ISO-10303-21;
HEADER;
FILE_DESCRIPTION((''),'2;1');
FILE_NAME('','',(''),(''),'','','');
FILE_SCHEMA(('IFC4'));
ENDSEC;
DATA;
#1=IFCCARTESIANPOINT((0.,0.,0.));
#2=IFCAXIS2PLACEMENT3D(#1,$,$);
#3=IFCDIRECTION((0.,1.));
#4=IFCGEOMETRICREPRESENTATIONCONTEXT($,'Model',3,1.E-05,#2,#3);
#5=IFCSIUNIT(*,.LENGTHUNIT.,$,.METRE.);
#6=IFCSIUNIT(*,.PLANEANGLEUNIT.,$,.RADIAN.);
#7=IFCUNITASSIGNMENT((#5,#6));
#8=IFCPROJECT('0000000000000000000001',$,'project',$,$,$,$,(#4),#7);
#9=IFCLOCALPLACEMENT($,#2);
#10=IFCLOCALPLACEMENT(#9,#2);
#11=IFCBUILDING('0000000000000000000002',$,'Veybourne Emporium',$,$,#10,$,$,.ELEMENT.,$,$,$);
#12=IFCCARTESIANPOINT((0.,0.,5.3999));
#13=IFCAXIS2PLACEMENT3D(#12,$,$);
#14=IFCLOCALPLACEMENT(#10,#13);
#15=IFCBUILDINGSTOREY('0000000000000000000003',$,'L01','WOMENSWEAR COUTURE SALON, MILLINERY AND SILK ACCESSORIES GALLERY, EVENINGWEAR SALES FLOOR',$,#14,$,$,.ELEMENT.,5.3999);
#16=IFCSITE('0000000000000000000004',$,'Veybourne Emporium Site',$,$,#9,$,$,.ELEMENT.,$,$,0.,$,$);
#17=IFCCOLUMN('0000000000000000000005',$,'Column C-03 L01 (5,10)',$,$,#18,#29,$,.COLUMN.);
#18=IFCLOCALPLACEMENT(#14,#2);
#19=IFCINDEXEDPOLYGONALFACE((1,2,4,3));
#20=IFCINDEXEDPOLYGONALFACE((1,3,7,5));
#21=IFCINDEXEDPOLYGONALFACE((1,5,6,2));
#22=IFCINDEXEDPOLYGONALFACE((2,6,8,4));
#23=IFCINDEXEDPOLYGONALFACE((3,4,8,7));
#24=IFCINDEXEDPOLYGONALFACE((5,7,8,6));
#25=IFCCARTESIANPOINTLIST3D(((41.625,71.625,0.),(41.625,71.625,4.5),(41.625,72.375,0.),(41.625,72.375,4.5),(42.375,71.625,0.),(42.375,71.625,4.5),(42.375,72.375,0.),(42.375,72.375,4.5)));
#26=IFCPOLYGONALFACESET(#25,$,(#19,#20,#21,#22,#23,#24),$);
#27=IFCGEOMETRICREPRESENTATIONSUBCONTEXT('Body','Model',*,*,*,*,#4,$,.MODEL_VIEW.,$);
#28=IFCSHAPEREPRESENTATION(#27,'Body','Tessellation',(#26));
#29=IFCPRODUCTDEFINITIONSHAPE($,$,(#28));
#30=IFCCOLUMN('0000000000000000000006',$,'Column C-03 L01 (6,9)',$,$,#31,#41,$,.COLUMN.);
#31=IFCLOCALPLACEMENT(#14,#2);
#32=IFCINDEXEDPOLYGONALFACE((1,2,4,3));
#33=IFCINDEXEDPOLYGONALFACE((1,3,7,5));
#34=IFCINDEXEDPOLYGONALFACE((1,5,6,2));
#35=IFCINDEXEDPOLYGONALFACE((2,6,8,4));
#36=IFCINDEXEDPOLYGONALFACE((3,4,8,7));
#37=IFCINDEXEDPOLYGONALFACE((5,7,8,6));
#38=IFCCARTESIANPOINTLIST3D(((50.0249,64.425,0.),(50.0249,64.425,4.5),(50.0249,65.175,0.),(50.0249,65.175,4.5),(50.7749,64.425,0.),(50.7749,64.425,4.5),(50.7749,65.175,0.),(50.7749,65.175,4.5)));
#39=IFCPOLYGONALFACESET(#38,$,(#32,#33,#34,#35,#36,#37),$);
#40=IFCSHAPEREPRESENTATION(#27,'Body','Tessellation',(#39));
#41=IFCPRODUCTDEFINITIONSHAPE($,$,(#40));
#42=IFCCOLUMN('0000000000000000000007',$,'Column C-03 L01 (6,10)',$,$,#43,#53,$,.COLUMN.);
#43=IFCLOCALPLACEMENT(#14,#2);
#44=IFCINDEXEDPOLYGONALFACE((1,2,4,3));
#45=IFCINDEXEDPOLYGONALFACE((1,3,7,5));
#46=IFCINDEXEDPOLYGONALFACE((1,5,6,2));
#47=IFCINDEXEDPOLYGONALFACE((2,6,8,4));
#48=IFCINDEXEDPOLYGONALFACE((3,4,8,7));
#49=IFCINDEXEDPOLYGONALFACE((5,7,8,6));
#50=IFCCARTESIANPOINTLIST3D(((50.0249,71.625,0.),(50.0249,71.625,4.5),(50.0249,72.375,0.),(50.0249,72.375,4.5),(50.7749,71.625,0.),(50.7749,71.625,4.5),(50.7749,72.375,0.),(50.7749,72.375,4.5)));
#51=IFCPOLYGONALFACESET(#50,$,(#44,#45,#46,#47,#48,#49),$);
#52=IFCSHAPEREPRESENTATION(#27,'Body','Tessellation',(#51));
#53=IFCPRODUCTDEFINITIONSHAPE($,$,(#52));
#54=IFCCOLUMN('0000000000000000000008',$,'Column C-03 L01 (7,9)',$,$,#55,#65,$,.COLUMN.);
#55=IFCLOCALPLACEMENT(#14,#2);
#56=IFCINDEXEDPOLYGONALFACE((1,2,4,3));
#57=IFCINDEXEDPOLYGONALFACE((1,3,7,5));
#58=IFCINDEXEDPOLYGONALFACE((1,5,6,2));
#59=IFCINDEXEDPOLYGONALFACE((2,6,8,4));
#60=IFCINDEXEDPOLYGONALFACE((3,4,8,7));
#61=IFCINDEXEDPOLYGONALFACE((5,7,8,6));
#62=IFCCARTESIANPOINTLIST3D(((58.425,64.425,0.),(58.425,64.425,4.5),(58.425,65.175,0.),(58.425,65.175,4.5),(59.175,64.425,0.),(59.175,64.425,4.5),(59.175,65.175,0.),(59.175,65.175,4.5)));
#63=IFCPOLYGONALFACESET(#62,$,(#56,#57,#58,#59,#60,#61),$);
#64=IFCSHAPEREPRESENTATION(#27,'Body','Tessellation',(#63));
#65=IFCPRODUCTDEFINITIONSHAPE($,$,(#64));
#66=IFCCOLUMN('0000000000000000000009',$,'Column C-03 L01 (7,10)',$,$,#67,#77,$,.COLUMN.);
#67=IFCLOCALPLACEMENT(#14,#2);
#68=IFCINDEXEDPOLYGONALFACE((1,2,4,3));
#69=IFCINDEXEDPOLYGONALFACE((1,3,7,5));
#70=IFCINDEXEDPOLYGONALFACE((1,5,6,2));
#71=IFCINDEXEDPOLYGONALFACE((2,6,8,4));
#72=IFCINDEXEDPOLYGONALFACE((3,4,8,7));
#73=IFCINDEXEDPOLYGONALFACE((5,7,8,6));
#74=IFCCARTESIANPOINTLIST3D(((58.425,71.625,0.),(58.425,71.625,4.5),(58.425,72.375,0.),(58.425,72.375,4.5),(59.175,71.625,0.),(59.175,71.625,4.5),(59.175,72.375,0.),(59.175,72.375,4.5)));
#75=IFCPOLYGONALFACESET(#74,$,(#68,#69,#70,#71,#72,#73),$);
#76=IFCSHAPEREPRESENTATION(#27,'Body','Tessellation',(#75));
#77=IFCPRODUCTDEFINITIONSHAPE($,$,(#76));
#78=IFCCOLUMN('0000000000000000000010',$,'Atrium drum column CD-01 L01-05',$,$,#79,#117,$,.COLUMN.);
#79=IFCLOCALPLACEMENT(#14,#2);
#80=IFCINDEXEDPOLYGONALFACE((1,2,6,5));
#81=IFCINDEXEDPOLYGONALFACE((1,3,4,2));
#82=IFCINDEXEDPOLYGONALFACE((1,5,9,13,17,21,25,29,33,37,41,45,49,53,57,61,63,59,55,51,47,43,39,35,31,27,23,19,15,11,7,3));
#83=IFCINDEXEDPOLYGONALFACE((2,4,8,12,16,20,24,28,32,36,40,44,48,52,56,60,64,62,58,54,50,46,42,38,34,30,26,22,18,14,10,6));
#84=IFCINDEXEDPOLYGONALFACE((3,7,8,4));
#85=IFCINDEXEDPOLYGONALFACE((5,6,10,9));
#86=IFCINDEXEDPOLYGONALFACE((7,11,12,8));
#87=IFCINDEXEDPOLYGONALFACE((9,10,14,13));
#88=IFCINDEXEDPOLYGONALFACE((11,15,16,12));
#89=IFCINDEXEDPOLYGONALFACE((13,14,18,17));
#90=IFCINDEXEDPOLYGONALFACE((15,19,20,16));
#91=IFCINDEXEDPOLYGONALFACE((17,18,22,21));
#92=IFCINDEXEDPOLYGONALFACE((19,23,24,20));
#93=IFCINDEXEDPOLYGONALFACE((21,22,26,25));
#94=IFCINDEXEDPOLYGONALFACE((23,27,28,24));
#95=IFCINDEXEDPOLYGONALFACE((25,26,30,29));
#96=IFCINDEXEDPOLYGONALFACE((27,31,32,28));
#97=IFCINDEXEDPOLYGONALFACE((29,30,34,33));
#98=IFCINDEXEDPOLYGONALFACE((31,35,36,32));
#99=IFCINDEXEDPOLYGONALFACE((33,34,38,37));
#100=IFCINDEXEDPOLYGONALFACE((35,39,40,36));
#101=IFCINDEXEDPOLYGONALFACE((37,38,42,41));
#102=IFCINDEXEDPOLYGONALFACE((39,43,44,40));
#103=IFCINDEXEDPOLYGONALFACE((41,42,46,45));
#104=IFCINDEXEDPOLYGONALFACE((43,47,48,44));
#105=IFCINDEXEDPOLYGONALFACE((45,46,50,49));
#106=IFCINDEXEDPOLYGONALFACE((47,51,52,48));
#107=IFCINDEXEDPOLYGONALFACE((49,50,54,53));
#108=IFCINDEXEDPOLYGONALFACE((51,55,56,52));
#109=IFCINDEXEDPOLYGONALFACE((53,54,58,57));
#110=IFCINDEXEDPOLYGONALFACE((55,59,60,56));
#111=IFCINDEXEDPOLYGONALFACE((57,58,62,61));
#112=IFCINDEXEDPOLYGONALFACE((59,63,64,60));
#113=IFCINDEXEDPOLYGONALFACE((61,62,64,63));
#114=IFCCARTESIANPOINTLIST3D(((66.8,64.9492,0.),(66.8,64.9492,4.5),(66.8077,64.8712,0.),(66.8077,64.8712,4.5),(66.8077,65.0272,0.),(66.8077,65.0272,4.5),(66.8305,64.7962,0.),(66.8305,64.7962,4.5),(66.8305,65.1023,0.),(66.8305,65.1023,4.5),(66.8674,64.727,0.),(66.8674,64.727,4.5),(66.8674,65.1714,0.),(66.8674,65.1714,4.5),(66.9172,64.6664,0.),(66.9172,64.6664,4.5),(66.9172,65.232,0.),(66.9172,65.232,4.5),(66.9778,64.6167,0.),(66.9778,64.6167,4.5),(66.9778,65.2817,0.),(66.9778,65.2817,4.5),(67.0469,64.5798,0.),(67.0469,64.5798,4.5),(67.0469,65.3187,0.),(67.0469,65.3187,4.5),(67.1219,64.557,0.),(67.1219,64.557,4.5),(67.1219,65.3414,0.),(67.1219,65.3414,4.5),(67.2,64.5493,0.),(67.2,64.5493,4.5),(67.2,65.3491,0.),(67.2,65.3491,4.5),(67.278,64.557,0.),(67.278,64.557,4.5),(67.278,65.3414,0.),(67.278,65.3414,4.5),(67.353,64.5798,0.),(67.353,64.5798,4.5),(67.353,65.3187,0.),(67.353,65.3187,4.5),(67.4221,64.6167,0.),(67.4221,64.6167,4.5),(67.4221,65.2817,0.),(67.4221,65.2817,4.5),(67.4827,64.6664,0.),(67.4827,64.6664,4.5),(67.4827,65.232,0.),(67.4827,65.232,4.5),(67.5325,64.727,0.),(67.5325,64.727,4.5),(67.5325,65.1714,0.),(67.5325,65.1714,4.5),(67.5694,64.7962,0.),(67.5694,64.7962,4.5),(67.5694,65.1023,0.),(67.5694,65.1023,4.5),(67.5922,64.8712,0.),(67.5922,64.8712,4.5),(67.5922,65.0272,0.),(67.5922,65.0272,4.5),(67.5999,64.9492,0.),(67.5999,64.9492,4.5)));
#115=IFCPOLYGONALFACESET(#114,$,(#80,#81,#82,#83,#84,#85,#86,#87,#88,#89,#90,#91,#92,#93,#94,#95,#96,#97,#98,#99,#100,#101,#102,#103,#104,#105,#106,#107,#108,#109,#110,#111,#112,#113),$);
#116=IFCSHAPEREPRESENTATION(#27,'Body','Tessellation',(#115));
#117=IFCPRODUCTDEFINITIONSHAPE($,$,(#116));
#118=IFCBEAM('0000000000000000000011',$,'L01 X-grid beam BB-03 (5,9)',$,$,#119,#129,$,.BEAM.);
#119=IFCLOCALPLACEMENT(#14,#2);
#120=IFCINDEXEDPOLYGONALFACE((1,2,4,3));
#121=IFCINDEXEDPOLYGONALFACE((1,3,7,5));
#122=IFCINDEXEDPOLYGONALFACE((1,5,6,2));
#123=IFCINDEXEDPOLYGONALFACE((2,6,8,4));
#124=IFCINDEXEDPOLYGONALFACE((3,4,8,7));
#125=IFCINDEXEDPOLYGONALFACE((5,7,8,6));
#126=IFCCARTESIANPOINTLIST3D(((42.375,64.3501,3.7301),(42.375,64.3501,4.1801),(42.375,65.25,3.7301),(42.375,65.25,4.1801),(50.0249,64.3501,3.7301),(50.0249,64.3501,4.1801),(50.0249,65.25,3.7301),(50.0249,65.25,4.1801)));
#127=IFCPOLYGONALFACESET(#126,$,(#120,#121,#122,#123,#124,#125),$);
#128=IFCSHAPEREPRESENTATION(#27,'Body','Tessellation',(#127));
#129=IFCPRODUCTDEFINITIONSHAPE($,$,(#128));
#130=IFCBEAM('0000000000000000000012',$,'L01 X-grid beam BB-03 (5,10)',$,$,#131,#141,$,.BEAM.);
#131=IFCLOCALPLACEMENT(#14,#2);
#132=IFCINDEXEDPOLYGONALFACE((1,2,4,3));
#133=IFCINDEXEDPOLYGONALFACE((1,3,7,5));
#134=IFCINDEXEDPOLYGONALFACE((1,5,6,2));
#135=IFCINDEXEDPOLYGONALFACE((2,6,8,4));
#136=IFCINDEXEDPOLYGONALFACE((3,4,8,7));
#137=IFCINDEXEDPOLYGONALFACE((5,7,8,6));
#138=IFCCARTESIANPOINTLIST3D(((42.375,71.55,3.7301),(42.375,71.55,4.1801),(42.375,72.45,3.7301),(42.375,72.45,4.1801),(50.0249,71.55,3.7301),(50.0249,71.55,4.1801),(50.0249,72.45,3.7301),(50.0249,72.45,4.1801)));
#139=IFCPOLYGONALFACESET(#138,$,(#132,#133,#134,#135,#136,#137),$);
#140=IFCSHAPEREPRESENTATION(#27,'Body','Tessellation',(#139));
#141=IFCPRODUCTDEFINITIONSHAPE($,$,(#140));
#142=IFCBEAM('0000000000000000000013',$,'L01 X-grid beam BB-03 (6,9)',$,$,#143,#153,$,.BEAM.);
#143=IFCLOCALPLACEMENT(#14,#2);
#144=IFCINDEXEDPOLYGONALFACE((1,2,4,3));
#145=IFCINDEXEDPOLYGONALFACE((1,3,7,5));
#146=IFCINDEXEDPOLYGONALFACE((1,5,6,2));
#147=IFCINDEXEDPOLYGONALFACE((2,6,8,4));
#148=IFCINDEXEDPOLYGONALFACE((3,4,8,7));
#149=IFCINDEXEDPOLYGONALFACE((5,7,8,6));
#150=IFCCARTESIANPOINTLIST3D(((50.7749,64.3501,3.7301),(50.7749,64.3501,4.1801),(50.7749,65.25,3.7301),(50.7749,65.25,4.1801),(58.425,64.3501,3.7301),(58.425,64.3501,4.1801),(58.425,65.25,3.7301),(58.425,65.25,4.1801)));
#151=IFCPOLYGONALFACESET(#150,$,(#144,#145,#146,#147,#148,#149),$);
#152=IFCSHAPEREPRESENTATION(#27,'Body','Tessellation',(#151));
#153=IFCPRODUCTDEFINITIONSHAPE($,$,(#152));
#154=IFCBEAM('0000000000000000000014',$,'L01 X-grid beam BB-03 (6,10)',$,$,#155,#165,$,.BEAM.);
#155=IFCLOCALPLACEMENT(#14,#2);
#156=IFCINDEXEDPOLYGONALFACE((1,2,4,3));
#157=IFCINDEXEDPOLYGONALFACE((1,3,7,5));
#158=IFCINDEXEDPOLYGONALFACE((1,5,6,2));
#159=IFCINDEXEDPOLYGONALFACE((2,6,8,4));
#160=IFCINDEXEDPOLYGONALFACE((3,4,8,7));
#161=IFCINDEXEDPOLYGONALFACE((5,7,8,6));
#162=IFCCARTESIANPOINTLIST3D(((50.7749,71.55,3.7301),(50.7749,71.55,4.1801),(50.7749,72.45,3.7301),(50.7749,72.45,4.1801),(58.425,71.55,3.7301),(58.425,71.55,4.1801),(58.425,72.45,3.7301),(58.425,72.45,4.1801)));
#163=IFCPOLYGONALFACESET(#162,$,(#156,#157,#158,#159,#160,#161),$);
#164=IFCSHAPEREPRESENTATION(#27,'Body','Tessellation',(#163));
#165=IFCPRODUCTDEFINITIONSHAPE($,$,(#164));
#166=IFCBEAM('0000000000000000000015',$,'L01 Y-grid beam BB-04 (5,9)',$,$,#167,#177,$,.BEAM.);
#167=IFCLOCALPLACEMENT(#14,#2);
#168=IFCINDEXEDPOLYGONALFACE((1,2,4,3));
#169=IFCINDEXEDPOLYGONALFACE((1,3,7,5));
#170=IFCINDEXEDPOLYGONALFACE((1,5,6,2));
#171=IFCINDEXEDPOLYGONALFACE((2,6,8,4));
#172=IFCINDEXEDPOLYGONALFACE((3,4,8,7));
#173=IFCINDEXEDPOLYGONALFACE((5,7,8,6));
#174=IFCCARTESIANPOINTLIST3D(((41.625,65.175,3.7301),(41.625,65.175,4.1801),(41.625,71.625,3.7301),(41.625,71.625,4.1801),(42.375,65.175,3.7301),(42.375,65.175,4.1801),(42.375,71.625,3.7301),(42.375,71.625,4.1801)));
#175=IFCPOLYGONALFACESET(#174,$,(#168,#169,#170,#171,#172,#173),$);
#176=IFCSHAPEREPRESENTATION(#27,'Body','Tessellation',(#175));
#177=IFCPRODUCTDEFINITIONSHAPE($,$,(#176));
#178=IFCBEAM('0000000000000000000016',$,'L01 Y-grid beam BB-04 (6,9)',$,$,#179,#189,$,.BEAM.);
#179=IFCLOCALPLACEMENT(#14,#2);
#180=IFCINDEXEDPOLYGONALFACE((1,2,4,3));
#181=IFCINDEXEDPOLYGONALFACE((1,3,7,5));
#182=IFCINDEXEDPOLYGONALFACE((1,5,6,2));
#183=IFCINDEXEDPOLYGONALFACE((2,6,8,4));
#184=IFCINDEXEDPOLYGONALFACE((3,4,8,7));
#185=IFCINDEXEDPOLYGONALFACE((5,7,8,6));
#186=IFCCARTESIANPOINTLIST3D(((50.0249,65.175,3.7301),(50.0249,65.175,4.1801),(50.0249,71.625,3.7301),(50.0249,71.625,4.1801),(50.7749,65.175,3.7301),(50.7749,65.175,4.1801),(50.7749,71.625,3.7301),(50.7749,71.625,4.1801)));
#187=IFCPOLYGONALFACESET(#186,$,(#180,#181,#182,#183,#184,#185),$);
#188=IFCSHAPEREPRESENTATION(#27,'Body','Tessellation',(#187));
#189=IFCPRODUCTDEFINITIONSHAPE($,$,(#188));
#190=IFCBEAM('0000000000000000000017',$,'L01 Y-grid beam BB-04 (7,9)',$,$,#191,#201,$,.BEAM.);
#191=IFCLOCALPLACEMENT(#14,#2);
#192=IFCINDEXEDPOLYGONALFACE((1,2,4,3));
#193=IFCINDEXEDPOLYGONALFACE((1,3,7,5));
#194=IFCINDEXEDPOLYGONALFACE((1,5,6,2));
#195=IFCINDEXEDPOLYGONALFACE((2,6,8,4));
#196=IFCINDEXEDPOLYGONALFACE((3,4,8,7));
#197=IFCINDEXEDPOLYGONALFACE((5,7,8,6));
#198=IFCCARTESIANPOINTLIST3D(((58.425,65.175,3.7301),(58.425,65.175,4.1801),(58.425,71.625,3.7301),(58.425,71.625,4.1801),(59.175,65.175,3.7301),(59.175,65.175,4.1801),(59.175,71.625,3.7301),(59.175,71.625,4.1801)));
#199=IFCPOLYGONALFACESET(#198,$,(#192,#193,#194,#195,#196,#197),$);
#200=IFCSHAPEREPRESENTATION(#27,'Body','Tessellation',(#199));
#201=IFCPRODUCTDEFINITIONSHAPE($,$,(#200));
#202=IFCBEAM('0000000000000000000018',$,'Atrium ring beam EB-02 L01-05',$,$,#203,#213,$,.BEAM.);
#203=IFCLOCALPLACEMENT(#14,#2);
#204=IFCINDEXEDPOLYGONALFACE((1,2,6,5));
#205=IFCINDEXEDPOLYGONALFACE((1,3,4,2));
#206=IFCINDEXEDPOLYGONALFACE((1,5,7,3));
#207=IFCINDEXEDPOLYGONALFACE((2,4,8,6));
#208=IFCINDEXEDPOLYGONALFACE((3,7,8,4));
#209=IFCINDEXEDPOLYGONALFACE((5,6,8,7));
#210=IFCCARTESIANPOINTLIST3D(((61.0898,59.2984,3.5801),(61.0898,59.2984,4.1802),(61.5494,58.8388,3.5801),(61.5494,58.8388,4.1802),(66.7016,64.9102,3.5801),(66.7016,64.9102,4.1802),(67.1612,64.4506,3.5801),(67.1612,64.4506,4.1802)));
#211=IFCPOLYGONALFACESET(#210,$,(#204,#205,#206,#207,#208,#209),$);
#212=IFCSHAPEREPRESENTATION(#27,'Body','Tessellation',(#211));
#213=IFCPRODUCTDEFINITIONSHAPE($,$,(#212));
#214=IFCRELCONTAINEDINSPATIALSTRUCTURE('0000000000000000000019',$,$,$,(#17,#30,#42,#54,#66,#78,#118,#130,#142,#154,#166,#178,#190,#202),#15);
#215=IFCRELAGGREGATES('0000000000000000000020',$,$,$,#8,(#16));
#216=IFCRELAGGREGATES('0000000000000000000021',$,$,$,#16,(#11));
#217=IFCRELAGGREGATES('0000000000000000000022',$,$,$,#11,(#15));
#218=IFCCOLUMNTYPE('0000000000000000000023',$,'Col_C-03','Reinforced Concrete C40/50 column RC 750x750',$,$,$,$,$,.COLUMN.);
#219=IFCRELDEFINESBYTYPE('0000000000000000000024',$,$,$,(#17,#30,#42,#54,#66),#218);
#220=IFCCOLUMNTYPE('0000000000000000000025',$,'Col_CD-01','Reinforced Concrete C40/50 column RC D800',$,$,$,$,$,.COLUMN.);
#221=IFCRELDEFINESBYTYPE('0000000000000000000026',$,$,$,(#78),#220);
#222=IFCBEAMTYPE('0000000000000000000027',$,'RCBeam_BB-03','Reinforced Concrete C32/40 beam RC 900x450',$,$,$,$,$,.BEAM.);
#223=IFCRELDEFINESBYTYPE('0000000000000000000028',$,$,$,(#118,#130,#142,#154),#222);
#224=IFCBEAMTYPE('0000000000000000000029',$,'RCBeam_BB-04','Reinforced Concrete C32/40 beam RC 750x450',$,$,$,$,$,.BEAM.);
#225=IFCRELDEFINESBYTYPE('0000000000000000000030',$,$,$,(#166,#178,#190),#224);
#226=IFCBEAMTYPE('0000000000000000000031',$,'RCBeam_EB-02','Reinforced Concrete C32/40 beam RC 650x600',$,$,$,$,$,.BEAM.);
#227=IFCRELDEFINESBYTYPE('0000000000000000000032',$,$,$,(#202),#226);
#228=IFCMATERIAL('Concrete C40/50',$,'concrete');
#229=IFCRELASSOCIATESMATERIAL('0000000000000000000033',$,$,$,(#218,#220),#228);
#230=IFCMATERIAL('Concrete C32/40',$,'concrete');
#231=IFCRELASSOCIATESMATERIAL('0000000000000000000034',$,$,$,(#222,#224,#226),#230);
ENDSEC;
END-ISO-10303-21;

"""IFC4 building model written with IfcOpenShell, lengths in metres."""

from ifc_helpers import new_model, si_unit, direction, frame, origin, origin_2d, place, context, subcontext, project, spatial, rectangle, circle, extrude, material, material_profile, profile_set, type_object, element, save


model = new_model("IFC4")

# Units and contexts
model_context = context("Model", 3, precision=1e-05, world=origin(), true_north=direction((0.0, 1.0)))
body_context = subcontext(model_context, "Body", "Model", "MODEL_VIEW")
ifc_project = project(units=[si_unit("LENGTHUNIT", "METRE"), si_unit("PLANEANGLEUNIT", "RADIAN")], contexts=[model_context])

# Site, building, storey
site_placement = place(None, origin())
site = spatial("IfcSite", under=ifc_project, at=site_placement, Name="Veybourne Emporium Site", CompositionType="ELEMENT", RefElevation=0.0)
building_placement = place(site_placement, origin())
building = spatial("IfcBuilding", under=site, at=building_placement, Name="Veybourne Emporium", CompositionType="ELEMENT")
storey_placement = place(building_placement, frame((0.0, 0.0, 5.3999)))
storey = spatial("IfcBuildingStorey", under=building, at=storey_placement, Name="L01", Description="WOMENSWEAR COUTURE SALON, MILLINERY AND SILK ACCESSORIES GALLERY, EVENINGWEAR SALES FLOOR", CompositionType="ELEMENT", Elevation=5.3999)

# Columns
ifc_material_1 = material(Name="Concrete C40/50", Category="concrete")
ifc_material_profile_1 = material_profile(ifc_material_1, rectangle(XDim=0.75, YDim=0.75, at=origin_2d()), Name="RC 750x750")
ifc_profile_set_1 = profile_set([ifc_material_profile_1], Name="Concrete C40/50")
column_type_1 = type_object("IfcColumnType", Name="Col_C-03", Description="Reinforced Concrete C40/50 column RC 750x750", PredefinedType="COLUMN", material=ifc_profile_set_1)
for number, where, z_axis, x_axis, name in (
    (1, (42.0, 72.0, 0.0), (0.0, 0.0, 1.0), (1.0, 0.0, 0.0), "Column C-03 L01 (5,10)"),
    (2, (50.3999, 64.8, 0.0), (0.0, 0.0, 1.0), (1.0, 0.0, 0.0), "Column C-03 L01 (6,9)"),
    (3, (50.3999, 72.0, 0.0), (0.0, 0.0, 1.0), (1.0, 0.0, 0.0), "Column C-03 L01 (6,10)"),
    (4, (58.8, 64.8, 0.0), (0.0, 0.0, 1.0), (1.0, 0.0, 0.0), "Column C-03 L01 (7,9)"),
    (5, (58.8, 72.0, 0.0), (0.0, 0.0, 1.0), (1.0, 0.0, 0.0), "Column C-03 L01 (7,10)"),
):
    element("IfcColumn", number, at=place(storey_placement, frame(where, z_axis=z_axis, x_axis=x_axis)), inside=storey, type_object=column_type_1, Name=name, PredefinedType="COLUMN", context=body_context, shape_type="SweptSolid", body=[
        extrude(rectangle(XDim=0.75, YDim=0.75, at=origin_2d()), origin(), (0.0, 0.0, 1.0), 4.5),
    ])
ifc_material_profile_2 = material_profile(ifc_material_1, circle(Radius=0.3999, at=origin_2d()), Name="RC D800")
ifc_profile_set_2 = profile_set([ifc_material_profile_2], Name="Concrete C40/50")
column_type_2 = type_object("IfcColumnType", Name="Col_CD-01", Description="Reinforced Concrete C40/50 column RC D800", PredefinedType="COLUMN", material=ifc_profile_set_2)
column_placement = place(storey_placement, frame((67.2, 64.9492, 0.0), z_axis=(0.0, 0.0, 1.0), x_axis=(1.0, 0.0, 0.0)))
element("IfcColumn", 6, at=column_placement, inside=storey, type_object=column_type_2, Name="Atrium drum column CD-01 L01-05", PredefinedType="COLUMN", context=body_context, shape_type="SweptSolid", body=[
    extrude(circle(Radius=0.3999, at=origin_2d()), origin(), (0.0, 0.0, 1.0), 4.5),
])

# Beams
ifc_material_2 = material(Name="Concrete C32/40", Category="concrete")
ifc_material_profile_3 = material_profile(ifc_material_2, rectangle(XDim=0.8999, YDim=0.45, at=origin_2d()), Name="RC 900x450")
ifc_profile_set_3 = profile_set([ifc_material_profile_3], Name="Concrete C32/40")
beam_type_1 = type_object("IfcBeamType", Name="RCBeam_BB-03", Description="Reinforced Concrete C32/40 beam RC 900x450", PredefinedType="BEAM", material=ifc_profile_set_3)
for number, where, z_axis, x_axis, name in (
    (7, (42.375, 64.8, 3.9551), (1.0, 0.0, 0.0), (0.0, 1.0, 0.0), "L01 X-grid beam BB-03 (5,9)"),
    (8, (42.375, 72.0, 3.9551), (1.0, 0.0, 0.0), (0.0, 1.0, 0.0), "L01 X-grid beam BB-03 (5,10)"),
):
    element("IfcBeam", number, at=place(storey_placement, frame(where, z_axis=z_axis, x_axis=x_axis)), inside=storey, type_object=beam_type_1, Name=name, PredefinedType="BEAM", context=body_context, shape_type="SweptSolid", body=[
        extrude(rectangle(XDim=0.8999, YDim=0.45, at=origin_2d()), origin(), (0.0, 0.0, 1.0), 7.6499),
    ])
for number, where, z_axis, x_axis, name in (
    (9, (50.7749, 64.8, 3.9551), (1.0, 0.0, 0.0), (0.0, 1.0, 0.0), "L01 X-grid beam BB-03 (6,9)"),
    (10, (50.7749, 72.0, 3.9551), (1.0, 0.0, 0.0), (0.0, 1.0, 0.0), "L01 X-grid beam BB-03 (6,10)"),
):
    element("IfcBeam", number, at=place(storey_placement, frame(where, z_axis=z_axis, x_axis=x_axis)), inside=storey, type_object=beam_type_1, Name=name, PredefinedType="BEAM", context=body_context, shape_type="SweptSolid", body=[
        extrude(rectangle(XDim=0.8999, YDim=0.45, at=origin_2d()), origin(), (0.0, 0.0, 1.0), 7.6501),
    ])
ifc_material_profile_4 = material_profile(ifc_material_2, rectangle(XDim=0.75, YDim=0.45, at=origin_2d()), Name="RC 750x450")
ifc_profile_set_4 = profile_set([ifc_material_profile_4], Name="Concrete C32/40")
beam_type_2 = type_object("IfcBeamType", Name="RCBeam_BB-04", Description="Reinforced Concrete C32/40 beam RC 750x450", PredefinedType="BEAM", material=ifc_profile_set_4)
for number, where, z_axis, x_axis, name in (
    (11, (42.0, 65.175, 3.9551), (0.0, 1.0, 0.0), (-1.0, 0.0, 0.0), "L01 Y-grid beam BB-04 (5,9)"),
    (12, (50.3999, 65.175, 3.9551), (0.0, 1.0, 0.0), (-1.0, 0.0, 0.0), "L01 Y-grid beam BB-04 (6,9)"),
    (13, (58.8, 65.175, 3.9551), (0.0, 1.0, 0.0), (-1.0, 0.0, 0.0), "L01 Y-grid beam BB-04 (7,9)"),
):
    element("IfcBeam", number, at=place(storey_placement, frame(where, z_axis=z_axis, x_axis=x_axis)), inside=storey, type_object=beam_type_2, Name=name, PredefinedType="BEAM", context=body_context, shape_type="SweptSolid", body=[
        extrude(rectangle(XDim=0.75, YDim=0.45, at=origin_2d()), origin(), (0.0, 0.0, 1.0), 6.45),
    ])
ifc_material_profile_5 = material_profile(ifc_material_2, rectangle(XDim=0.6499, YDim=0.6001, at=origin_2d()), Name="RC 650x600")
ifc_profile_set_5 = profile_set([ifc_material_profile_5], Name="Concrete C32/40")
beam_type_3 = type_object("IfcBeamType", Name="RCBeam_EB-02", Description="Reinforced Concrete C32/40 beam RC 650x600", PredefinedType="BEAM", material=ifc_profile_set_5)
beam_1_placement = place(storey_placement, frame((66.9314, 64.6804, 3.8801), z_axis=(-0.707107, -0.707107, 0.0), x_axis=(0.707107, -0.707107, 0.0)))
element("IfcBeam", 14, at=beam_1_placement, inside=storey, type_object=beam_type_3, Name="Atrium ring beam EB-02 L01-05", PredefinedType="BEAM", context=body_context, shape_type="SweptSolid", body=[
    extrude(rectangle(XDim=0.6499, YDim=0.6001, at=origin_2d()), origin(), (0.0, 0.0, 1.0), 7.9363),
])

save(model, "model.ifc")
